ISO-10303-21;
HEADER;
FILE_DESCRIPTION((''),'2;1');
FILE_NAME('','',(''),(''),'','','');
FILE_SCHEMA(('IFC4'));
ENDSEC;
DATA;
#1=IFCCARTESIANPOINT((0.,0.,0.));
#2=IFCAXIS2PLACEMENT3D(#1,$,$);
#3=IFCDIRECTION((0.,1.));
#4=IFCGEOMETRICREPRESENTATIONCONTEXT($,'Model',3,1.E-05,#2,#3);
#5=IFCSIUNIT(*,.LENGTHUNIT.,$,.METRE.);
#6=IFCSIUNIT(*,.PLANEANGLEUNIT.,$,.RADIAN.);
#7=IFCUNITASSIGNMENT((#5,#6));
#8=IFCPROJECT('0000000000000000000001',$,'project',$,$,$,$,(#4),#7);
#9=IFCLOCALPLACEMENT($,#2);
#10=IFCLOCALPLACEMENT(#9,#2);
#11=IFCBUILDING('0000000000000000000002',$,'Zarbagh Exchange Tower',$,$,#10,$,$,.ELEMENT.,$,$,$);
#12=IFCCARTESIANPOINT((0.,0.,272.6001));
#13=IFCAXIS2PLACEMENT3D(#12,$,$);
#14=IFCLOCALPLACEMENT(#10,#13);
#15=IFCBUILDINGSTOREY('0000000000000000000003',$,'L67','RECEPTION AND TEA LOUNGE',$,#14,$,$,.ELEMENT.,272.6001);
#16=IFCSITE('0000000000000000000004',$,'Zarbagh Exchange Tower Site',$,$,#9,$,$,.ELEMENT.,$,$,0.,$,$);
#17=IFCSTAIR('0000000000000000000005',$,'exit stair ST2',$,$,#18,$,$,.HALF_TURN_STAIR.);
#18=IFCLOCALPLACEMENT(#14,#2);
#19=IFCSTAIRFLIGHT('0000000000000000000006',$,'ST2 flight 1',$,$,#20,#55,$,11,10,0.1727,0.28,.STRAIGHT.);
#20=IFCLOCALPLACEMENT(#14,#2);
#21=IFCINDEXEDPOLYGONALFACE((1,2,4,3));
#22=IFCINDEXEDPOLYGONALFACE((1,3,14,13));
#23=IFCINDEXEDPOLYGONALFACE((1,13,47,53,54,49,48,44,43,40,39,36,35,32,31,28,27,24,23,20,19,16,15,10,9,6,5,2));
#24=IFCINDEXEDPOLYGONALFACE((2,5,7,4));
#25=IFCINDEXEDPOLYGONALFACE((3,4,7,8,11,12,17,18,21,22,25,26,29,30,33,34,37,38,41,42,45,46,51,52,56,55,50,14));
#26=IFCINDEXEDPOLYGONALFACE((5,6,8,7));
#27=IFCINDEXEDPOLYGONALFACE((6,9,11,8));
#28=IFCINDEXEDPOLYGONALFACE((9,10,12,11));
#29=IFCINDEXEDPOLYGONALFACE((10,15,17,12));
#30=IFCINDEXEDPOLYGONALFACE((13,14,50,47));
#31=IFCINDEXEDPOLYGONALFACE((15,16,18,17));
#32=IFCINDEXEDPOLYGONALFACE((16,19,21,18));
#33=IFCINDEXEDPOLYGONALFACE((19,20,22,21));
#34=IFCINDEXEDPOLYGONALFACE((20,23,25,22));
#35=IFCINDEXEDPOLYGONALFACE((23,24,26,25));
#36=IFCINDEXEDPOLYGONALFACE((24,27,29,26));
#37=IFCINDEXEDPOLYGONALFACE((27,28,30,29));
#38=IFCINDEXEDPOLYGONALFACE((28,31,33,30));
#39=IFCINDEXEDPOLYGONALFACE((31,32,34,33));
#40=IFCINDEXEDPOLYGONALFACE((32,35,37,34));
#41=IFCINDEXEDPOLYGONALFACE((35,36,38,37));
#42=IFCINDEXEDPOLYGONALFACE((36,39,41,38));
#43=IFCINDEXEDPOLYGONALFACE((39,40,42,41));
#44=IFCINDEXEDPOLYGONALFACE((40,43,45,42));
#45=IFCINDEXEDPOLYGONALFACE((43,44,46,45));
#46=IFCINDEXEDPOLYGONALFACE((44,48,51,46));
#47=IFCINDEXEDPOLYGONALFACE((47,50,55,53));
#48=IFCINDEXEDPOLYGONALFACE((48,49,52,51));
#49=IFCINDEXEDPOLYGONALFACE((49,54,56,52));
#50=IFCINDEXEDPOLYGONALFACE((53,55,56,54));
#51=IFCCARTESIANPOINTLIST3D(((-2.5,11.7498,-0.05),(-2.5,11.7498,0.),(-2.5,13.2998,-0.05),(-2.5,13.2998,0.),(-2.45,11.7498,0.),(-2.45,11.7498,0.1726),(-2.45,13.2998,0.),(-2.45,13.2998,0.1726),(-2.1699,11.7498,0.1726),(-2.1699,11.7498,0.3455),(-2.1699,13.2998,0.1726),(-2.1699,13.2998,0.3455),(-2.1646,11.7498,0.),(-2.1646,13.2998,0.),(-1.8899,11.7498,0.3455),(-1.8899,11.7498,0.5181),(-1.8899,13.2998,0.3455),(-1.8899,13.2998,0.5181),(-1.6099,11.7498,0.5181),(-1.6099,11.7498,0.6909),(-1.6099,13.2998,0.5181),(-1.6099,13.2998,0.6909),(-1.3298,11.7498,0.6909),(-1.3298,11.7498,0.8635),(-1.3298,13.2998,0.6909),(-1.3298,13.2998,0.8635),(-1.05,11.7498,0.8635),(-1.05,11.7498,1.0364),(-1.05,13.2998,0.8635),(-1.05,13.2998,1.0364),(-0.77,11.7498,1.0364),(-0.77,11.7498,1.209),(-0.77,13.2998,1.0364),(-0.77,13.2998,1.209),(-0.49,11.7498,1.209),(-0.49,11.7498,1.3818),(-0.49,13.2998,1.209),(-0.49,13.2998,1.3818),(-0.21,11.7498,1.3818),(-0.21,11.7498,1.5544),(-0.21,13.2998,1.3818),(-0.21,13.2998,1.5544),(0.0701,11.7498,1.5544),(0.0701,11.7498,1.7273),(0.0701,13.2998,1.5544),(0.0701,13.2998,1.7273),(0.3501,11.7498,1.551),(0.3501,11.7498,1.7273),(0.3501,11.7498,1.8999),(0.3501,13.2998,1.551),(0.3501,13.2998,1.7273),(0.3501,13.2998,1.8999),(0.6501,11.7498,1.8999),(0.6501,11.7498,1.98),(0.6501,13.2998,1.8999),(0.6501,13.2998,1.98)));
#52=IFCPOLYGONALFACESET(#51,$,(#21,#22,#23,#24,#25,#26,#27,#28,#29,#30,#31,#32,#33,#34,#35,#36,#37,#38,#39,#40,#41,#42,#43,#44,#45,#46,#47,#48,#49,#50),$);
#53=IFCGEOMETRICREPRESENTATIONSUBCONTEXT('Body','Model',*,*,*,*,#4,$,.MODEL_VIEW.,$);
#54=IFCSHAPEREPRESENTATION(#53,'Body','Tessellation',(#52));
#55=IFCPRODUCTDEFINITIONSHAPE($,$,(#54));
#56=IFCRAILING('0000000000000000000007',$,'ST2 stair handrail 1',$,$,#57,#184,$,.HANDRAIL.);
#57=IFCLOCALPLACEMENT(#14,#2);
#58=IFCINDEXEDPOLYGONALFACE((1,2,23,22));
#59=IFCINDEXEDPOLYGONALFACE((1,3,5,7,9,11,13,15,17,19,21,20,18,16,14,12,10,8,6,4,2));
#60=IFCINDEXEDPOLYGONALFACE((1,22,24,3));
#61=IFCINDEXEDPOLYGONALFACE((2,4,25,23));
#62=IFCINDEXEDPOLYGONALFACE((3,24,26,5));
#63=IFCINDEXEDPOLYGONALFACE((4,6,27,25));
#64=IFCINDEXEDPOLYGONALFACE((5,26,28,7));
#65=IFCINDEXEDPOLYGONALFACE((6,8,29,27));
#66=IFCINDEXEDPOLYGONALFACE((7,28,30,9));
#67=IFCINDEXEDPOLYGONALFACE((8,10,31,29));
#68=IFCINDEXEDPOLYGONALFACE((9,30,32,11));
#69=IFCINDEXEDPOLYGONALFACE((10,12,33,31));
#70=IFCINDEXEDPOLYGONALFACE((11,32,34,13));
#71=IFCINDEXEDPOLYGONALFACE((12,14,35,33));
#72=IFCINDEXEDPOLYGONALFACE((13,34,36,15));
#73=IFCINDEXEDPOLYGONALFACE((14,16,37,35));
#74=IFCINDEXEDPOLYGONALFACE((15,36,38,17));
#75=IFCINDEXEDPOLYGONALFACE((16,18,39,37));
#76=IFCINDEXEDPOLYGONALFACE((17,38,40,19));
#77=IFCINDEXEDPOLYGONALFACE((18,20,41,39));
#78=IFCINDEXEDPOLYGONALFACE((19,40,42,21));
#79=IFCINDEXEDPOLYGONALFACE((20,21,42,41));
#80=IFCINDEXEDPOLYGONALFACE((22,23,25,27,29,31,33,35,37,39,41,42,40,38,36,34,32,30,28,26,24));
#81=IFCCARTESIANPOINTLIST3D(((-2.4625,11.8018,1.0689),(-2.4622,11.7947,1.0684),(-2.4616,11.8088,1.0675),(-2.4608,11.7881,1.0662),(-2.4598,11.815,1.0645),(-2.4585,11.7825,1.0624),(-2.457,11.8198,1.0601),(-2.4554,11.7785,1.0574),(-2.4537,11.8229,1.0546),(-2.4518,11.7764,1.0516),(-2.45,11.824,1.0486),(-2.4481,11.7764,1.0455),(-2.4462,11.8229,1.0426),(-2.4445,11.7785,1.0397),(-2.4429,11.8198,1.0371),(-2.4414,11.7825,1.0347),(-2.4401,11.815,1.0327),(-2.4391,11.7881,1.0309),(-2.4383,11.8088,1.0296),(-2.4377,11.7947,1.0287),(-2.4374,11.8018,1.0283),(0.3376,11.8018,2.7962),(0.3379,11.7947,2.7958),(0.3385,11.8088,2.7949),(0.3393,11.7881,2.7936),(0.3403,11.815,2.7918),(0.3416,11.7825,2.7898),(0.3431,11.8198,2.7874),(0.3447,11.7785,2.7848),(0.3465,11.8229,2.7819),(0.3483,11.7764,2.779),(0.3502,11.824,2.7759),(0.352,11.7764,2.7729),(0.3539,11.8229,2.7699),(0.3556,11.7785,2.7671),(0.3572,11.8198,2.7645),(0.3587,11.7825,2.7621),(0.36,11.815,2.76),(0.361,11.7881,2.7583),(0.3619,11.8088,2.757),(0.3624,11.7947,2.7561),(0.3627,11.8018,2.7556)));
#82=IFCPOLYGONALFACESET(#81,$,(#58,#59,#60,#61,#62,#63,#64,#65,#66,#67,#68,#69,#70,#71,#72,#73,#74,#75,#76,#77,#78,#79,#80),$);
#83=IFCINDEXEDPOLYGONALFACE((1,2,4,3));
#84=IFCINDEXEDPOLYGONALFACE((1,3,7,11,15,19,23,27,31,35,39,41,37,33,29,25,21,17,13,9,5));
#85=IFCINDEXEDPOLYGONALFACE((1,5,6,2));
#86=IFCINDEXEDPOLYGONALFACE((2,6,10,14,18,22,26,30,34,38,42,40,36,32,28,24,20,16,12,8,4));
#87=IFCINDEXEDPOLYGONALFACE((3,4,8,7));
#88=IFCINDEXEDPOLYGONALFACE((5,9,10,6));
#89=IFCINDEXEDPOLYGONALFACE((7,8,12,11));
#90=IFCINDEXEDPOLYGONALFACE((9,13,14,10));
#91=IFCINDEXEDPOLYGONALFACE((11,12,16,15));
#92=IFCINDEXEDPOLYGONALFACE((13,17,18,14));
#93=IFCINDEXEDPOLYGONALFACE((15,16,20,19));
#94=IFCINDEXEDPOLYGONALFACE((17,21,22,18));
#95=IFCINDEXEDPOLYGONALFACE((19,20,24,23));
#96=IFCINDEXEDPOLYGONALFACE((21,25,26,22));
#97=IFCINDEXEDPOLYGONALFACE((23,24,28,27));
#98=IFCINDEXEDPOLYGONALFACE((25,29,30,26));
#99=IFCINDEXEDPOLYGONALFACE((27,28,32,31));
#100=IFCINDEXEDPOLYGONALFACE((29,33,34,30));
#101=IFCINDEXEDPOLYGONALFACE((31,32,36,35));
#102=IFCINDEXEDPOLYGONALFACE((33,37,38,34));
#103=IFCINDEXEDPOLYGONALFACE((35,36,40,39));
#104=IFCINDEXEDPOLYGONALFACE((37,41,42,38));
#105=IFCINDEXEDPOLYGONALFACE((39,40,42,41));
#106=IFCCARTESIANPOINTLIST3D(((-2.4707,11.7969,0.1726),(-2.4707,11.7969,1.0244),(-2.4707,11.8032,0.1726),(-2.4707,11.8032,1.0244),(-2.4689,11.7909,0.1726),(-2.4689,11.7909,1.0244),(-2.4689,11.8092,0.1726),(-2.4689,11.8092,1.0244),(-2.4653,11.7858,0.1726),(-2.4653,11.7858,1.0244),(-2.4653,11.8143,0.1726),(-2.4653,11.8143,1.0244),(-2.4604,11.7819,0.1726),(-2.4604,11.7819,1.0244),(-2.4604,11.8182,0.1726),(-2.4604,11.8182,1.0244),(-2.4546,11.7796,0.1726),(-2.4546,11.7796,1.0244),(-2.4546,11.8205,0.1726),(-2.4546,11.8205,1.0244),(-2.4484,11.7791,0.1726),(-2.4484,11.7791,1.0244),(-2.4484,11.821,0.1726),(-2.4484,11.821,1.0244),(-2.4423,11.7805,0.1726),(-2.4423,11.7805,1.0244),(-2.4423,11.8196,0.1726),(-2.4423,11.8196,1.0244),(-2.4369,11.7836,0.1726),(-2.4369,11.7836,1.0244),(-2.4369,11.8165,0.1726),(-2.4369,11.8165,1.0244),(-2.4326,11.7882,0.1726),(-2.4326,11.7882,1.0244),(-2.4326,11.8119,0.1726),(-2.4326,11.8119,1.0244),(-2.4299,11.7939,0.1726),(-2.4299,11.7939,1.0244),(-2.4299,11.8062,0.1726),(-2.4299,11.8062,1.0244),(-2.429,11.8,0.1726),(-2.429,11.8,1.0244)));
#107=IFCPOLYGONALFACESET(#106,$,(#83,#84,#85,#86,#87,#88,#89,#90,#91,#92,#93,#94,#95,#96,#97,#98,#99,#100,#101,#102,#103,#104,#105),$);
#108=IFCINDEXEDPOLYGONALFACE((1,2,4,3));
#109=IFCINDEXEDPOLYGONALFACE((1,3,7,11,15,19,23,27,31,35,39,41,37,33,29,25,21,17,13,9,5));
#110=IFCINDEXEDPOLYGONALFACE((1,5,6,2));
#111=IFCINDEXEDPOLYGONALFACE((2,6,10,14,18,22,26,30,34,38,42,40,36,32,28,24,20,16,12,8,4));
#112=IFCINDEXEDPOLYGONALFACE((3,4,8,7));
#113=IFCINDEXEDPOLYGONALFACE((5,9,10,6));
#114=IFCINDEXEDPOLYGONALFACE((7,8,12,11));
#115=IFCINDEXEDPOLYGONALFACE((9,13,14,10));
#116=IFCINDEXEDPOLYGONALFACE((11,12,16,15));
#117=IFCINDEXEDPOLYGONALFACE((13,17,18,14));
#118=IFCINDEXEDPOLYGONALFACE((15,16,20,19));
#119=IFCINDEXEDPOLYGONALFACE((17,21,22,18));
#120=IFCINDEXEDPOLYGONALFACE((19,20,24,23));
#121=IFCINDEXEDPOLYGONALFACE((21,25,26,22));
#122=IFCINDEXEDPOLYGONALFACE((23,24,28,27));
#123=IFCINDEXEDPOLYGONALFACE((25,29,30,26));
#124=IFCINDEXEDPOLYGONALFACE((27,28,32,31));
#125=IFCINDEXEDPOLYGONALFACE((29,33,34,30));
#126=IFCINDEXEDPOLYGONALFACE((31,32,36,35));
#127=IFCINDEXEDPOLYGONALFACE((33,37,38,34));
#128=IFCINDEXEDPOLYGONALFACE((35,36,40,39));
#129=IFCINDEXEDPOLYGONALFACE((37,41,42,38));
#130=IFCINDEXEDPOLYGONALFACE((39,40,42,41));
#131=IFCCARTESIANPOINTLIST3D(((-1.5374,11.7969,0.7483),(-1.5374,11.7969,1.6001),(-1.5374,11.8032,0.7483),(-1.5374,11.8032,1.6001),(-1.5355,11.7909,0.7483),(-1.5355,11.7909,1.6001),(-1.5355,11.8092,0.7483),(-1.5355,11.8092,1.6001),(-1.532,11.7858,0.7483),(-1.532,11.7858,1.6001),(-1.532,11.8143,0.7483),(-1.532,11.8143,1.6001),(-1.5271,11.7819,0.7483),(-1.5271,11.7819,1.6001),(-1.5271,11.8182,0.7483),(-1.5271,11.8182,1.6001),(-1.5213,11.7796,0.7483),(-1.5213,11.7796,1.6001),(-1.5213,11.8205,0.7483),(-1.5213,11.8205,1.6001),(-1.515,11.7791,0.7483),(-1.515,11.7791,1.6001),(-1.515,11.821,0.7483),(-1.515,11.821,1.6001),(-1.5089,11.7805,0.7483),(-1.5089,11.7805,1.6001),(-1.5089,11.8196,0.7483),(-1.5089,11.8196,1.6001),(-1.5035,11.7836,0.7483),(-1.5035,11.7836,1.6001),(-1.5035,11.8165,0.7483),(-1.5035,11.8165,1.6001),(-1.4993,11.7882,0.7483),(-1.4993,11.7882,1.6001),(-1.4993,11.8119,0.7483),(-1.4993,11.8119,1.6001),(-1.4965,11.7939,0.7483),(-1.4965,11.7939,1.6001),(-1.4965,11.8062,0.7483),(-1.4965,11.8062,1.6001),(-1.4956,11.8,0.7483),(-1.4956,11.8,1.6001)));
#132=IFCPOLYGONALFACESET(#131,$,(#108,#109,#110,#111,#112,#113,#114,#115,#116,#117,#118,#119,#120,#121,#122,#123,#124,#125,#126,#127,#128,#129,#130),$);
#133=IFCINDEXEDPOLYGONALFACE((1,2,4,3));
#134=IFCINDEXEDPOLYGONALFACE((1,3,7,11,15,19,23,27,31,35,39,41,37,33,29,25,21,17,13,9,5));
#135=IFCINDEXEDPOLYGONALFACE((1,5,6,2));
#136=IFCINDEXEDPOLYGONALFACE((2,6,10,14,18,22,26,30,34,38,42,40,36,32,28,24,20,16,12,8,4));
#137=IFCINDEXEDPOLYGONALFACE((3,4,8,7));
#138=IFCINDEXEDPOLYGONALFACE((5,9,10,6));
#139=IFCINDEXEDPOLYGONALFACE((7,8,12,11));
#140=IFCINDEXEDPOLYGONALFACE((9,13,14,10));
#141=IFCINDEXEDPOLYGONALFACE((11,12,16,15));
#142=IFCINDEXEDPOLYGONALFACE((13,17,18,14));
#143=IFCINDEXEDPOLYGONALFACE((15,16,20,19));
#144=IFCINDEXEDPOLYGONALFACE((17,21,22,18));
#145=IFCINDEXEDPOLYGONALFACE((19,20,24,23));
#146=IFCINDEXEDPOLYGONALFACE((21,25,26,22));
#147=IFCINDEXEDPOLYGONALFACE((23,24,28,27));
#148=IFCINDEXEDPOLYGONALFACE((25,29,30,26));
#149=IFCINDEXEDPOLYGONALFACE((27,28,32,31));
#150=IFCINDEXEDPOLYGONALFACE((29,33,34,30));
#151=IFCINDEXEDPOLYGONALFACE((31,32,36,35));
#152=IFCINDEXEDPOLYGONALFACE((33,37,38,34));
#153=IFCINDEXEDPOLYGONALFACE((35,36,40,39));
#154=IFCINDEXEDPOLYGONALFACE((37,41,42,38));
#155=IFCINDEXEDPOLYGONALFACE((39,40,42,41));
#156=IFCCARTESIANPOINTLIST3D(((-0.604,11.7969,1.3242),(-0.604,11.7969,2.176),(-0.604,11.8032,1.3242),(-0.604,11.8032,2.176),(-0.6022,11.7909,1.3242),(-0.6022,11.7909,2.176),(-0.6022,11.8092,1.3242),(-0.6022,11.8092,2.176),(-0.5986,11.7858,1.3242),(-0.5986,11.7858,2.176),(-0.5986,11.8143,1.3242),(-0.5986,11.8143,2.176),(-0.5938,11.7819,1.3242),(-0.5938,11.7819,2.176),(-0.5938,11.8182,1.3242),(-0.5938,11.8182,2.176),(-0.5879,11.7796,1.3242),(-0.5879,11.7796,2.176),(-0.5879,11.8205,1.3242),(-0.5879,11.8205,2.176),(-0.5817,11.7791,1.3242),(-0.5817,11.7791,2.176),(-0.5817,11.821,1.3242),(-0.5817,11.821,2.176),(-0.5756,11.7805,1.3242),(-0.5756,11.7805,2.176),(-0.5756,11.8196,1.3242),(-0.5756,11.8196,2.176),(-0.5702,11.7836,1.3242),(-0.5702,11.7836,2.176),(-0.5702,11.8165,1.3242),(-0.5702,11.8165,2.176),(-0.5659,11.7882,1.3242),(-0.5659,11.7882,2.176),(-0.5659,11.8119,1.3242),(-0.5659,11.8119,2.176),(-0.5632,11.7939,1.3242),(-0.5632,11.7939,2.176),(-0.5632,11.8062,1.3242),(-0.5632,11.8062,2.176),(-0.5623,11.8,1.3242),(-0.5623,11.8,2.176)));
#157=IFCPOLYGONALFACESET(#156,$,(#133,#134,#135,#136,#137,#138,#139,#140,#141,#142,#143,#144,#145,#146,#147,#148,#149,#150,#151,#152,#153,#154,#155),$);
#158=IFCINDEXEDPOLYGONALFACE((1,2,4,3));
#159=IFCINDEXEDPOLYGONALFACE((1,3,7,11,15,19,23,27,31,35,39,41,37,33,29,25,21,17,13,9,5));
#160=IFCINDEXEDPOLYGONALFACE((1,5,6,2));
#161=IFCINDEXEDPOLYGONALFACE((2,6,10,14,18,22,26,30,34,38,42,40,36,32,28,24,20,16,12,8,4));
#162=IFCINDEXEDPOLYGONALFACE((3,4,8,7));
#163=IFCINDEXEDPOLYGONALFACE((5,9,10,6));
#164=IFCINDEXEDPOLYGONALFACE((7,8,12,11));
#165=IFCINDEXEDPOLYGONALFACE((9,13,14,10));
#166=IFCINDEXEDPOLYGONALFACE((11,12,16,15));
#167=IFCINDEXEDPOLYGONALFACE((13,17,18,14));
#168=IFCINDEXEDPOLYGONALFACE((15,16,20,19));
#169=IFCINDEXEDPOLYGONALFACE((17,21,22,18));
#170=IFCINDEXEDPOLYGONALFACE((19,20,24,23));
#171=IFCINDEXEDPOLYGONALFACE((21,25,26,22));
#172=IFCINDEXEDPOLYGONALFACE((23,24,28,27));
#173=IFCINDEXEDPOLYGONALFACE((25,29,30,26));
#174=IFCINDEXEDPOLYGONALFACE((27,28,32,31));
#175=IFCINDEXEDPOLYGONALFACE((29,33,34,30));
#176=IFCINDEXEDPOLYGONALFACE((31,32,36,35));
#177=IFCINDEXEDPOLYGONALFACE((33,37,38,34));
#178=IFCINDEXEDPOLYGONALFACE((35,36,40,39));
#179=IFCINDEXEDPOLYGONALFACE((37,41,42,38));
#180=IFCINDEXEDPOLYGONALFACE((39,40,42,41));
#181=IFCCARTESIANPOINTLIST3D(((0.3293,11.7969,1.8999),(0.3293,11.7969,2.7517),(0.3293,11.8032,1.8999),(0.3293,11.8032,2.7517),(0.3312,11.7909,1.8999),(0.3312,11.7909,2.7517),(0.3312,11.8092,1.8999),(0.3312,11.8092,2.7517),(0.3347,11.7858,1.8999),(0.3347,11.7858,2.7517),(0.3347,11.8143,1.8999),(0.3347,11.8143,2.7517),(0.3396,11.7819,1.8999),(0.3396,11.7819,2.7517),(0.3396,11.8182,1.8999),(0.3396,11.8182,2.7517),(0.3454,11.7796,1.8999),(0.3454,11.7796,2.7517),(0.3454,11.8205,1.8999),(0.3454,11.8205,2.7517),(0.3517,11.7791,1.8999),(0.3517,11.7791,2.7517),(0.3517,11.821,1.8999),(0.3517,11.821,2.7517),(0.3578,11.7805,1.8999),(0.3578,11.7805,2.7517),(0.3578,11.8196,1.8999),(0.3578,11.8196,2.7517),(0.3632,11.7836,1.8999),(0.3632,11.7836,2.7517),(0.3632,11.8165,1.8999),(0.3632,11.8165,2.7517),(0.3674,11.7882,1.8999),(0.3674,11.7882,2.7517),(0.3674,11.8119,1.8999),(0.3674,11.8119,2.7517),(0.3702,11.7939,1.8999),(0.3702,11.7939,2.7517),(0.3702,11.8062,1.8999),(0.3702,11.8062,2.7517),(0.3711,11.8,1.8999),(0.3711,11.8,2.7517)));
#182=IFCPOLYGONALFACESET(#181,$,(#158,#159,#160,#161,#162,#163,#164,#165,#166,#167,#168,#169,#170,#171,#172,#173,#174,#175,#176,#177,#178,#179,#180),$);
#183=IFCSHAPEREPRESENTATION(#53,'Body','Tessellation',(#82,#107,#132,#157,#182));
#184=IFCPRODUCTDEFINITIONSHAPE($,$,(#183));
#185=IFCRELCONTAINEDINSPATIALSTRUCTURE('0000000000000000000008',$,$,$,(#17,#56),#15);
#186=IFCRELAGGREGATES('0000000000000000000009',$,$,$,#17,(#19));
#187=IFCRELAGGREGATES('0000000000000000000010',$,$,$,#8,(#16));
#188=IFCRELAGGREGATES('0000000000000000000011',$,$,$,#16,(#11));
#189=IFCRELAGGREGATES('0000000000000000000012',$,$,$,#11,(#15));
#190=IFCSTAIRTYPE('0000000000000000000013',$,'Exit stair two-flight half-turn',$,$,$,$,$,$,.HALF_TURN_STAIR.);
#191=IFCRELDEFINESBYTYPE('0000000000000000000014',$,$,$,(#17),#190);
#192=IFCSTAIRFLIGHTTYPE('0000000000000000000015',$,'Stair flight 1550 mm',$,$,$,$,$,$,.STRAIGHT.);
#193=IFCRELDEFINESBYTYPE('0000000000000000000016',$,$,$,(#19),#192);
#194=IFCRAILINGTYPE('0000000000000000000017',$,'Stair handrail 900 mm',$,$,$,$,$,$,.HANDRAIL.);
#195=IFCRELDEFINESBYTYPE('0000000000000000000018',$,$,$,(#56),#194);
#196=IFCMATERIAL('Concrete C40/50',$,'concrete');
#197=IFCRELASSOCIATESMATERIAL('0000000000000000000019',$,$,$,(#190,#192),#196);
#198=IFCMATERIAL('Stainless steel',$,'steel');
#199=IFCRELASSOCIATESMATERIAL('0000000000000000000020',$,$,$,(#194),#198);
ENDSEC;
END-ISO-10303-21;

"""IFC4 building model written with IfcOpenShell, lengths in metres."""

from ifc_helpers import new_model, si_unit, direction, frame, origin, origin_2d, place, context, subcontext, project, spatial, polyline, circle, outline, extrude, material, type_object, element, aggregate, save


model = new_model("IFC4")

# Units and contexts
model_context = context("Model", 3, precision=1e-05, world=origin(), true_north=direction((0.0, 1.0)))
body_context = subcontext(model_context, "Body", "Model", "MODEL_VIEW")
ifc_project = project(units=[si_unit("LENGTHUNIT", "METRE"), si_unit("PLANEANGLEUNIT", "RADIAN")], contexts=[model_context])

# Site, building, storey
site_placement = place(None, origin())
site = spatial("IfcSite", under=ifc_project, at=site_placement, Name="Zarbagh Exchange Tower Site", CompositionType="ELEMENT", RefElevation=0.0)
building_placement = place(site_placement, origin())
building = spatial("IfcBuilding", under=site, at=building_placement, Name="Zarbagh Exchange Tower", CompositionType="ELEMENT")
storey_placement = place(building_placement, frame((0.0, 0.0, 272.6001)))
storey = spatial("IfcBuildingStorey", under=building, at=storey_placement, Name="L67", Description="RECEPTION AND TEA LOUNGE", CompositionType="ELEMENT", Elevation=272.6001)

# Shared definitions
ifc_material_1 = material(Name="Concrete C40/50", Category="concrete")

# Stair, stair flight
stair_type = type_object("IfcStairType", Name="Exit stair two-flight half-turn", PredefinedType="HALF_TURN_STAIR", material=ifc_material_1)
stair_placement = place(storey_placement, origin())
stair = element("IfcStair", 1, at=stair_placement, inside=storey, type_object=stair_type, Name="exit stair ST2", PredefinedType="HALF_TURN_STAIR")
stair_flight_type = type_object("IfcStairFlightType", Name="Stair flight 1550 mm", PredefinedType="STRAIGHT", material=ifc_material_1)
stair_flight_placement = place(storey_placement, frame((-2.45, 12.5249, 0.0), z_axis=(0.0, 0.0, 1.0), x_axis=(1.0, 0.0, 0.0)))
stair_flight = element("IfcStairFlight", 2, at=stair_flight_placement, type_object=stair_flight_type, Name="ST2 flight 1", NumberOfRisers=11, NumberOfTreads=10, PredefinedType="STRAIGHT", RiserHeight=0.1727, TreadLength=0.28, context=body_context, shape_type="SweptSolid", body=[
    extrude(outline(polyline([(-0.05, -0.05), (-0.05, 0.0), (0.0, 0.0), (0.0, 0.1726), (0.28, 0.1726), (0.28, 0.3455), (0.5601, 0.3455), (0.5601, 0.5181), (0.8401, 0.5181), (0.8401, 0.6909), (1.1201, 0.6909), (1.1201, 0.8635), (1.3999, 0.8635), (1.3999, 1.0364), (1.6799, 1.0364), (1.6799, 1.209), (1.96, 1.209), (1.96, 1.3818), (2.24, 1.3818), (2.24, 1.5544), (2.52, 1.5544), (2.52, 1.7273), (2.8, 1.7273), (2.8, 1.8999), (3.1001, 1.98), (3.1001, 1.8999), (2.8, 1.551), (0.2854, 0.0), (-0.05, -0.05)])), frame((0.0, 0.7749, 0.0), z_axis=(0.0, -1.0, 0.0), x_axis=(1.0, 0.0, 0.0)), (0.0, 0.0, 1.0), 1.55),
])
aggregate(stair, [stair_flight])

# Railing
ifc_material_2 = material(Name="Stainless steel", Category="steel")
railing_type = type_object("IfcRailingType", Name="Stair handrail 900 mm", PredefinedType="HANDRAIL", material=ifc_material_2)
railing_placement = place(storey_placement, frame((-2.45, 11.8, 0.1726)))
element("IfcRailing", 3, at=railing_placement, inside=storey, type_object=railing_type, Name="ST2 stair handrail 1", PredefinedType="HANDRAIL", context=body_context, shape_type="SweptSolid", body=[
    extrude(circle(Radius=0.0239, at=origin_2d()), frame((0.0, 0.0, 0.876), z_axis=(0.85109, 0.0, 0.52502), x_axis=(0.0, 1.0, 0.0)), (0.0, 0.0, 1.0), 3.29),
    extrude(circle(Radius=0.021, at=origin_2d()), origin(), (0.0, 0.0, 1.0), 0.8518),
    extrude(circle(Radius=0.021, at=origin_2d()), frame((0.9333, 0.0, 0.5757)), (0.0, 0.0, 1.0), 0.8518),
    extrude(circle(Radius=0.021, at=origin_2d()), frame((1.8667, 0.0, 1.1516)), (0.0, 0.0, 1.0), 0.8518),
    extrude(circle(Radius=0.021, at=origin_2d()), frame((2.8, 0.0, 1.7273)), (0.0, 0.0, 1.0), 0.8518),
])

save(model, "model.ifc")
